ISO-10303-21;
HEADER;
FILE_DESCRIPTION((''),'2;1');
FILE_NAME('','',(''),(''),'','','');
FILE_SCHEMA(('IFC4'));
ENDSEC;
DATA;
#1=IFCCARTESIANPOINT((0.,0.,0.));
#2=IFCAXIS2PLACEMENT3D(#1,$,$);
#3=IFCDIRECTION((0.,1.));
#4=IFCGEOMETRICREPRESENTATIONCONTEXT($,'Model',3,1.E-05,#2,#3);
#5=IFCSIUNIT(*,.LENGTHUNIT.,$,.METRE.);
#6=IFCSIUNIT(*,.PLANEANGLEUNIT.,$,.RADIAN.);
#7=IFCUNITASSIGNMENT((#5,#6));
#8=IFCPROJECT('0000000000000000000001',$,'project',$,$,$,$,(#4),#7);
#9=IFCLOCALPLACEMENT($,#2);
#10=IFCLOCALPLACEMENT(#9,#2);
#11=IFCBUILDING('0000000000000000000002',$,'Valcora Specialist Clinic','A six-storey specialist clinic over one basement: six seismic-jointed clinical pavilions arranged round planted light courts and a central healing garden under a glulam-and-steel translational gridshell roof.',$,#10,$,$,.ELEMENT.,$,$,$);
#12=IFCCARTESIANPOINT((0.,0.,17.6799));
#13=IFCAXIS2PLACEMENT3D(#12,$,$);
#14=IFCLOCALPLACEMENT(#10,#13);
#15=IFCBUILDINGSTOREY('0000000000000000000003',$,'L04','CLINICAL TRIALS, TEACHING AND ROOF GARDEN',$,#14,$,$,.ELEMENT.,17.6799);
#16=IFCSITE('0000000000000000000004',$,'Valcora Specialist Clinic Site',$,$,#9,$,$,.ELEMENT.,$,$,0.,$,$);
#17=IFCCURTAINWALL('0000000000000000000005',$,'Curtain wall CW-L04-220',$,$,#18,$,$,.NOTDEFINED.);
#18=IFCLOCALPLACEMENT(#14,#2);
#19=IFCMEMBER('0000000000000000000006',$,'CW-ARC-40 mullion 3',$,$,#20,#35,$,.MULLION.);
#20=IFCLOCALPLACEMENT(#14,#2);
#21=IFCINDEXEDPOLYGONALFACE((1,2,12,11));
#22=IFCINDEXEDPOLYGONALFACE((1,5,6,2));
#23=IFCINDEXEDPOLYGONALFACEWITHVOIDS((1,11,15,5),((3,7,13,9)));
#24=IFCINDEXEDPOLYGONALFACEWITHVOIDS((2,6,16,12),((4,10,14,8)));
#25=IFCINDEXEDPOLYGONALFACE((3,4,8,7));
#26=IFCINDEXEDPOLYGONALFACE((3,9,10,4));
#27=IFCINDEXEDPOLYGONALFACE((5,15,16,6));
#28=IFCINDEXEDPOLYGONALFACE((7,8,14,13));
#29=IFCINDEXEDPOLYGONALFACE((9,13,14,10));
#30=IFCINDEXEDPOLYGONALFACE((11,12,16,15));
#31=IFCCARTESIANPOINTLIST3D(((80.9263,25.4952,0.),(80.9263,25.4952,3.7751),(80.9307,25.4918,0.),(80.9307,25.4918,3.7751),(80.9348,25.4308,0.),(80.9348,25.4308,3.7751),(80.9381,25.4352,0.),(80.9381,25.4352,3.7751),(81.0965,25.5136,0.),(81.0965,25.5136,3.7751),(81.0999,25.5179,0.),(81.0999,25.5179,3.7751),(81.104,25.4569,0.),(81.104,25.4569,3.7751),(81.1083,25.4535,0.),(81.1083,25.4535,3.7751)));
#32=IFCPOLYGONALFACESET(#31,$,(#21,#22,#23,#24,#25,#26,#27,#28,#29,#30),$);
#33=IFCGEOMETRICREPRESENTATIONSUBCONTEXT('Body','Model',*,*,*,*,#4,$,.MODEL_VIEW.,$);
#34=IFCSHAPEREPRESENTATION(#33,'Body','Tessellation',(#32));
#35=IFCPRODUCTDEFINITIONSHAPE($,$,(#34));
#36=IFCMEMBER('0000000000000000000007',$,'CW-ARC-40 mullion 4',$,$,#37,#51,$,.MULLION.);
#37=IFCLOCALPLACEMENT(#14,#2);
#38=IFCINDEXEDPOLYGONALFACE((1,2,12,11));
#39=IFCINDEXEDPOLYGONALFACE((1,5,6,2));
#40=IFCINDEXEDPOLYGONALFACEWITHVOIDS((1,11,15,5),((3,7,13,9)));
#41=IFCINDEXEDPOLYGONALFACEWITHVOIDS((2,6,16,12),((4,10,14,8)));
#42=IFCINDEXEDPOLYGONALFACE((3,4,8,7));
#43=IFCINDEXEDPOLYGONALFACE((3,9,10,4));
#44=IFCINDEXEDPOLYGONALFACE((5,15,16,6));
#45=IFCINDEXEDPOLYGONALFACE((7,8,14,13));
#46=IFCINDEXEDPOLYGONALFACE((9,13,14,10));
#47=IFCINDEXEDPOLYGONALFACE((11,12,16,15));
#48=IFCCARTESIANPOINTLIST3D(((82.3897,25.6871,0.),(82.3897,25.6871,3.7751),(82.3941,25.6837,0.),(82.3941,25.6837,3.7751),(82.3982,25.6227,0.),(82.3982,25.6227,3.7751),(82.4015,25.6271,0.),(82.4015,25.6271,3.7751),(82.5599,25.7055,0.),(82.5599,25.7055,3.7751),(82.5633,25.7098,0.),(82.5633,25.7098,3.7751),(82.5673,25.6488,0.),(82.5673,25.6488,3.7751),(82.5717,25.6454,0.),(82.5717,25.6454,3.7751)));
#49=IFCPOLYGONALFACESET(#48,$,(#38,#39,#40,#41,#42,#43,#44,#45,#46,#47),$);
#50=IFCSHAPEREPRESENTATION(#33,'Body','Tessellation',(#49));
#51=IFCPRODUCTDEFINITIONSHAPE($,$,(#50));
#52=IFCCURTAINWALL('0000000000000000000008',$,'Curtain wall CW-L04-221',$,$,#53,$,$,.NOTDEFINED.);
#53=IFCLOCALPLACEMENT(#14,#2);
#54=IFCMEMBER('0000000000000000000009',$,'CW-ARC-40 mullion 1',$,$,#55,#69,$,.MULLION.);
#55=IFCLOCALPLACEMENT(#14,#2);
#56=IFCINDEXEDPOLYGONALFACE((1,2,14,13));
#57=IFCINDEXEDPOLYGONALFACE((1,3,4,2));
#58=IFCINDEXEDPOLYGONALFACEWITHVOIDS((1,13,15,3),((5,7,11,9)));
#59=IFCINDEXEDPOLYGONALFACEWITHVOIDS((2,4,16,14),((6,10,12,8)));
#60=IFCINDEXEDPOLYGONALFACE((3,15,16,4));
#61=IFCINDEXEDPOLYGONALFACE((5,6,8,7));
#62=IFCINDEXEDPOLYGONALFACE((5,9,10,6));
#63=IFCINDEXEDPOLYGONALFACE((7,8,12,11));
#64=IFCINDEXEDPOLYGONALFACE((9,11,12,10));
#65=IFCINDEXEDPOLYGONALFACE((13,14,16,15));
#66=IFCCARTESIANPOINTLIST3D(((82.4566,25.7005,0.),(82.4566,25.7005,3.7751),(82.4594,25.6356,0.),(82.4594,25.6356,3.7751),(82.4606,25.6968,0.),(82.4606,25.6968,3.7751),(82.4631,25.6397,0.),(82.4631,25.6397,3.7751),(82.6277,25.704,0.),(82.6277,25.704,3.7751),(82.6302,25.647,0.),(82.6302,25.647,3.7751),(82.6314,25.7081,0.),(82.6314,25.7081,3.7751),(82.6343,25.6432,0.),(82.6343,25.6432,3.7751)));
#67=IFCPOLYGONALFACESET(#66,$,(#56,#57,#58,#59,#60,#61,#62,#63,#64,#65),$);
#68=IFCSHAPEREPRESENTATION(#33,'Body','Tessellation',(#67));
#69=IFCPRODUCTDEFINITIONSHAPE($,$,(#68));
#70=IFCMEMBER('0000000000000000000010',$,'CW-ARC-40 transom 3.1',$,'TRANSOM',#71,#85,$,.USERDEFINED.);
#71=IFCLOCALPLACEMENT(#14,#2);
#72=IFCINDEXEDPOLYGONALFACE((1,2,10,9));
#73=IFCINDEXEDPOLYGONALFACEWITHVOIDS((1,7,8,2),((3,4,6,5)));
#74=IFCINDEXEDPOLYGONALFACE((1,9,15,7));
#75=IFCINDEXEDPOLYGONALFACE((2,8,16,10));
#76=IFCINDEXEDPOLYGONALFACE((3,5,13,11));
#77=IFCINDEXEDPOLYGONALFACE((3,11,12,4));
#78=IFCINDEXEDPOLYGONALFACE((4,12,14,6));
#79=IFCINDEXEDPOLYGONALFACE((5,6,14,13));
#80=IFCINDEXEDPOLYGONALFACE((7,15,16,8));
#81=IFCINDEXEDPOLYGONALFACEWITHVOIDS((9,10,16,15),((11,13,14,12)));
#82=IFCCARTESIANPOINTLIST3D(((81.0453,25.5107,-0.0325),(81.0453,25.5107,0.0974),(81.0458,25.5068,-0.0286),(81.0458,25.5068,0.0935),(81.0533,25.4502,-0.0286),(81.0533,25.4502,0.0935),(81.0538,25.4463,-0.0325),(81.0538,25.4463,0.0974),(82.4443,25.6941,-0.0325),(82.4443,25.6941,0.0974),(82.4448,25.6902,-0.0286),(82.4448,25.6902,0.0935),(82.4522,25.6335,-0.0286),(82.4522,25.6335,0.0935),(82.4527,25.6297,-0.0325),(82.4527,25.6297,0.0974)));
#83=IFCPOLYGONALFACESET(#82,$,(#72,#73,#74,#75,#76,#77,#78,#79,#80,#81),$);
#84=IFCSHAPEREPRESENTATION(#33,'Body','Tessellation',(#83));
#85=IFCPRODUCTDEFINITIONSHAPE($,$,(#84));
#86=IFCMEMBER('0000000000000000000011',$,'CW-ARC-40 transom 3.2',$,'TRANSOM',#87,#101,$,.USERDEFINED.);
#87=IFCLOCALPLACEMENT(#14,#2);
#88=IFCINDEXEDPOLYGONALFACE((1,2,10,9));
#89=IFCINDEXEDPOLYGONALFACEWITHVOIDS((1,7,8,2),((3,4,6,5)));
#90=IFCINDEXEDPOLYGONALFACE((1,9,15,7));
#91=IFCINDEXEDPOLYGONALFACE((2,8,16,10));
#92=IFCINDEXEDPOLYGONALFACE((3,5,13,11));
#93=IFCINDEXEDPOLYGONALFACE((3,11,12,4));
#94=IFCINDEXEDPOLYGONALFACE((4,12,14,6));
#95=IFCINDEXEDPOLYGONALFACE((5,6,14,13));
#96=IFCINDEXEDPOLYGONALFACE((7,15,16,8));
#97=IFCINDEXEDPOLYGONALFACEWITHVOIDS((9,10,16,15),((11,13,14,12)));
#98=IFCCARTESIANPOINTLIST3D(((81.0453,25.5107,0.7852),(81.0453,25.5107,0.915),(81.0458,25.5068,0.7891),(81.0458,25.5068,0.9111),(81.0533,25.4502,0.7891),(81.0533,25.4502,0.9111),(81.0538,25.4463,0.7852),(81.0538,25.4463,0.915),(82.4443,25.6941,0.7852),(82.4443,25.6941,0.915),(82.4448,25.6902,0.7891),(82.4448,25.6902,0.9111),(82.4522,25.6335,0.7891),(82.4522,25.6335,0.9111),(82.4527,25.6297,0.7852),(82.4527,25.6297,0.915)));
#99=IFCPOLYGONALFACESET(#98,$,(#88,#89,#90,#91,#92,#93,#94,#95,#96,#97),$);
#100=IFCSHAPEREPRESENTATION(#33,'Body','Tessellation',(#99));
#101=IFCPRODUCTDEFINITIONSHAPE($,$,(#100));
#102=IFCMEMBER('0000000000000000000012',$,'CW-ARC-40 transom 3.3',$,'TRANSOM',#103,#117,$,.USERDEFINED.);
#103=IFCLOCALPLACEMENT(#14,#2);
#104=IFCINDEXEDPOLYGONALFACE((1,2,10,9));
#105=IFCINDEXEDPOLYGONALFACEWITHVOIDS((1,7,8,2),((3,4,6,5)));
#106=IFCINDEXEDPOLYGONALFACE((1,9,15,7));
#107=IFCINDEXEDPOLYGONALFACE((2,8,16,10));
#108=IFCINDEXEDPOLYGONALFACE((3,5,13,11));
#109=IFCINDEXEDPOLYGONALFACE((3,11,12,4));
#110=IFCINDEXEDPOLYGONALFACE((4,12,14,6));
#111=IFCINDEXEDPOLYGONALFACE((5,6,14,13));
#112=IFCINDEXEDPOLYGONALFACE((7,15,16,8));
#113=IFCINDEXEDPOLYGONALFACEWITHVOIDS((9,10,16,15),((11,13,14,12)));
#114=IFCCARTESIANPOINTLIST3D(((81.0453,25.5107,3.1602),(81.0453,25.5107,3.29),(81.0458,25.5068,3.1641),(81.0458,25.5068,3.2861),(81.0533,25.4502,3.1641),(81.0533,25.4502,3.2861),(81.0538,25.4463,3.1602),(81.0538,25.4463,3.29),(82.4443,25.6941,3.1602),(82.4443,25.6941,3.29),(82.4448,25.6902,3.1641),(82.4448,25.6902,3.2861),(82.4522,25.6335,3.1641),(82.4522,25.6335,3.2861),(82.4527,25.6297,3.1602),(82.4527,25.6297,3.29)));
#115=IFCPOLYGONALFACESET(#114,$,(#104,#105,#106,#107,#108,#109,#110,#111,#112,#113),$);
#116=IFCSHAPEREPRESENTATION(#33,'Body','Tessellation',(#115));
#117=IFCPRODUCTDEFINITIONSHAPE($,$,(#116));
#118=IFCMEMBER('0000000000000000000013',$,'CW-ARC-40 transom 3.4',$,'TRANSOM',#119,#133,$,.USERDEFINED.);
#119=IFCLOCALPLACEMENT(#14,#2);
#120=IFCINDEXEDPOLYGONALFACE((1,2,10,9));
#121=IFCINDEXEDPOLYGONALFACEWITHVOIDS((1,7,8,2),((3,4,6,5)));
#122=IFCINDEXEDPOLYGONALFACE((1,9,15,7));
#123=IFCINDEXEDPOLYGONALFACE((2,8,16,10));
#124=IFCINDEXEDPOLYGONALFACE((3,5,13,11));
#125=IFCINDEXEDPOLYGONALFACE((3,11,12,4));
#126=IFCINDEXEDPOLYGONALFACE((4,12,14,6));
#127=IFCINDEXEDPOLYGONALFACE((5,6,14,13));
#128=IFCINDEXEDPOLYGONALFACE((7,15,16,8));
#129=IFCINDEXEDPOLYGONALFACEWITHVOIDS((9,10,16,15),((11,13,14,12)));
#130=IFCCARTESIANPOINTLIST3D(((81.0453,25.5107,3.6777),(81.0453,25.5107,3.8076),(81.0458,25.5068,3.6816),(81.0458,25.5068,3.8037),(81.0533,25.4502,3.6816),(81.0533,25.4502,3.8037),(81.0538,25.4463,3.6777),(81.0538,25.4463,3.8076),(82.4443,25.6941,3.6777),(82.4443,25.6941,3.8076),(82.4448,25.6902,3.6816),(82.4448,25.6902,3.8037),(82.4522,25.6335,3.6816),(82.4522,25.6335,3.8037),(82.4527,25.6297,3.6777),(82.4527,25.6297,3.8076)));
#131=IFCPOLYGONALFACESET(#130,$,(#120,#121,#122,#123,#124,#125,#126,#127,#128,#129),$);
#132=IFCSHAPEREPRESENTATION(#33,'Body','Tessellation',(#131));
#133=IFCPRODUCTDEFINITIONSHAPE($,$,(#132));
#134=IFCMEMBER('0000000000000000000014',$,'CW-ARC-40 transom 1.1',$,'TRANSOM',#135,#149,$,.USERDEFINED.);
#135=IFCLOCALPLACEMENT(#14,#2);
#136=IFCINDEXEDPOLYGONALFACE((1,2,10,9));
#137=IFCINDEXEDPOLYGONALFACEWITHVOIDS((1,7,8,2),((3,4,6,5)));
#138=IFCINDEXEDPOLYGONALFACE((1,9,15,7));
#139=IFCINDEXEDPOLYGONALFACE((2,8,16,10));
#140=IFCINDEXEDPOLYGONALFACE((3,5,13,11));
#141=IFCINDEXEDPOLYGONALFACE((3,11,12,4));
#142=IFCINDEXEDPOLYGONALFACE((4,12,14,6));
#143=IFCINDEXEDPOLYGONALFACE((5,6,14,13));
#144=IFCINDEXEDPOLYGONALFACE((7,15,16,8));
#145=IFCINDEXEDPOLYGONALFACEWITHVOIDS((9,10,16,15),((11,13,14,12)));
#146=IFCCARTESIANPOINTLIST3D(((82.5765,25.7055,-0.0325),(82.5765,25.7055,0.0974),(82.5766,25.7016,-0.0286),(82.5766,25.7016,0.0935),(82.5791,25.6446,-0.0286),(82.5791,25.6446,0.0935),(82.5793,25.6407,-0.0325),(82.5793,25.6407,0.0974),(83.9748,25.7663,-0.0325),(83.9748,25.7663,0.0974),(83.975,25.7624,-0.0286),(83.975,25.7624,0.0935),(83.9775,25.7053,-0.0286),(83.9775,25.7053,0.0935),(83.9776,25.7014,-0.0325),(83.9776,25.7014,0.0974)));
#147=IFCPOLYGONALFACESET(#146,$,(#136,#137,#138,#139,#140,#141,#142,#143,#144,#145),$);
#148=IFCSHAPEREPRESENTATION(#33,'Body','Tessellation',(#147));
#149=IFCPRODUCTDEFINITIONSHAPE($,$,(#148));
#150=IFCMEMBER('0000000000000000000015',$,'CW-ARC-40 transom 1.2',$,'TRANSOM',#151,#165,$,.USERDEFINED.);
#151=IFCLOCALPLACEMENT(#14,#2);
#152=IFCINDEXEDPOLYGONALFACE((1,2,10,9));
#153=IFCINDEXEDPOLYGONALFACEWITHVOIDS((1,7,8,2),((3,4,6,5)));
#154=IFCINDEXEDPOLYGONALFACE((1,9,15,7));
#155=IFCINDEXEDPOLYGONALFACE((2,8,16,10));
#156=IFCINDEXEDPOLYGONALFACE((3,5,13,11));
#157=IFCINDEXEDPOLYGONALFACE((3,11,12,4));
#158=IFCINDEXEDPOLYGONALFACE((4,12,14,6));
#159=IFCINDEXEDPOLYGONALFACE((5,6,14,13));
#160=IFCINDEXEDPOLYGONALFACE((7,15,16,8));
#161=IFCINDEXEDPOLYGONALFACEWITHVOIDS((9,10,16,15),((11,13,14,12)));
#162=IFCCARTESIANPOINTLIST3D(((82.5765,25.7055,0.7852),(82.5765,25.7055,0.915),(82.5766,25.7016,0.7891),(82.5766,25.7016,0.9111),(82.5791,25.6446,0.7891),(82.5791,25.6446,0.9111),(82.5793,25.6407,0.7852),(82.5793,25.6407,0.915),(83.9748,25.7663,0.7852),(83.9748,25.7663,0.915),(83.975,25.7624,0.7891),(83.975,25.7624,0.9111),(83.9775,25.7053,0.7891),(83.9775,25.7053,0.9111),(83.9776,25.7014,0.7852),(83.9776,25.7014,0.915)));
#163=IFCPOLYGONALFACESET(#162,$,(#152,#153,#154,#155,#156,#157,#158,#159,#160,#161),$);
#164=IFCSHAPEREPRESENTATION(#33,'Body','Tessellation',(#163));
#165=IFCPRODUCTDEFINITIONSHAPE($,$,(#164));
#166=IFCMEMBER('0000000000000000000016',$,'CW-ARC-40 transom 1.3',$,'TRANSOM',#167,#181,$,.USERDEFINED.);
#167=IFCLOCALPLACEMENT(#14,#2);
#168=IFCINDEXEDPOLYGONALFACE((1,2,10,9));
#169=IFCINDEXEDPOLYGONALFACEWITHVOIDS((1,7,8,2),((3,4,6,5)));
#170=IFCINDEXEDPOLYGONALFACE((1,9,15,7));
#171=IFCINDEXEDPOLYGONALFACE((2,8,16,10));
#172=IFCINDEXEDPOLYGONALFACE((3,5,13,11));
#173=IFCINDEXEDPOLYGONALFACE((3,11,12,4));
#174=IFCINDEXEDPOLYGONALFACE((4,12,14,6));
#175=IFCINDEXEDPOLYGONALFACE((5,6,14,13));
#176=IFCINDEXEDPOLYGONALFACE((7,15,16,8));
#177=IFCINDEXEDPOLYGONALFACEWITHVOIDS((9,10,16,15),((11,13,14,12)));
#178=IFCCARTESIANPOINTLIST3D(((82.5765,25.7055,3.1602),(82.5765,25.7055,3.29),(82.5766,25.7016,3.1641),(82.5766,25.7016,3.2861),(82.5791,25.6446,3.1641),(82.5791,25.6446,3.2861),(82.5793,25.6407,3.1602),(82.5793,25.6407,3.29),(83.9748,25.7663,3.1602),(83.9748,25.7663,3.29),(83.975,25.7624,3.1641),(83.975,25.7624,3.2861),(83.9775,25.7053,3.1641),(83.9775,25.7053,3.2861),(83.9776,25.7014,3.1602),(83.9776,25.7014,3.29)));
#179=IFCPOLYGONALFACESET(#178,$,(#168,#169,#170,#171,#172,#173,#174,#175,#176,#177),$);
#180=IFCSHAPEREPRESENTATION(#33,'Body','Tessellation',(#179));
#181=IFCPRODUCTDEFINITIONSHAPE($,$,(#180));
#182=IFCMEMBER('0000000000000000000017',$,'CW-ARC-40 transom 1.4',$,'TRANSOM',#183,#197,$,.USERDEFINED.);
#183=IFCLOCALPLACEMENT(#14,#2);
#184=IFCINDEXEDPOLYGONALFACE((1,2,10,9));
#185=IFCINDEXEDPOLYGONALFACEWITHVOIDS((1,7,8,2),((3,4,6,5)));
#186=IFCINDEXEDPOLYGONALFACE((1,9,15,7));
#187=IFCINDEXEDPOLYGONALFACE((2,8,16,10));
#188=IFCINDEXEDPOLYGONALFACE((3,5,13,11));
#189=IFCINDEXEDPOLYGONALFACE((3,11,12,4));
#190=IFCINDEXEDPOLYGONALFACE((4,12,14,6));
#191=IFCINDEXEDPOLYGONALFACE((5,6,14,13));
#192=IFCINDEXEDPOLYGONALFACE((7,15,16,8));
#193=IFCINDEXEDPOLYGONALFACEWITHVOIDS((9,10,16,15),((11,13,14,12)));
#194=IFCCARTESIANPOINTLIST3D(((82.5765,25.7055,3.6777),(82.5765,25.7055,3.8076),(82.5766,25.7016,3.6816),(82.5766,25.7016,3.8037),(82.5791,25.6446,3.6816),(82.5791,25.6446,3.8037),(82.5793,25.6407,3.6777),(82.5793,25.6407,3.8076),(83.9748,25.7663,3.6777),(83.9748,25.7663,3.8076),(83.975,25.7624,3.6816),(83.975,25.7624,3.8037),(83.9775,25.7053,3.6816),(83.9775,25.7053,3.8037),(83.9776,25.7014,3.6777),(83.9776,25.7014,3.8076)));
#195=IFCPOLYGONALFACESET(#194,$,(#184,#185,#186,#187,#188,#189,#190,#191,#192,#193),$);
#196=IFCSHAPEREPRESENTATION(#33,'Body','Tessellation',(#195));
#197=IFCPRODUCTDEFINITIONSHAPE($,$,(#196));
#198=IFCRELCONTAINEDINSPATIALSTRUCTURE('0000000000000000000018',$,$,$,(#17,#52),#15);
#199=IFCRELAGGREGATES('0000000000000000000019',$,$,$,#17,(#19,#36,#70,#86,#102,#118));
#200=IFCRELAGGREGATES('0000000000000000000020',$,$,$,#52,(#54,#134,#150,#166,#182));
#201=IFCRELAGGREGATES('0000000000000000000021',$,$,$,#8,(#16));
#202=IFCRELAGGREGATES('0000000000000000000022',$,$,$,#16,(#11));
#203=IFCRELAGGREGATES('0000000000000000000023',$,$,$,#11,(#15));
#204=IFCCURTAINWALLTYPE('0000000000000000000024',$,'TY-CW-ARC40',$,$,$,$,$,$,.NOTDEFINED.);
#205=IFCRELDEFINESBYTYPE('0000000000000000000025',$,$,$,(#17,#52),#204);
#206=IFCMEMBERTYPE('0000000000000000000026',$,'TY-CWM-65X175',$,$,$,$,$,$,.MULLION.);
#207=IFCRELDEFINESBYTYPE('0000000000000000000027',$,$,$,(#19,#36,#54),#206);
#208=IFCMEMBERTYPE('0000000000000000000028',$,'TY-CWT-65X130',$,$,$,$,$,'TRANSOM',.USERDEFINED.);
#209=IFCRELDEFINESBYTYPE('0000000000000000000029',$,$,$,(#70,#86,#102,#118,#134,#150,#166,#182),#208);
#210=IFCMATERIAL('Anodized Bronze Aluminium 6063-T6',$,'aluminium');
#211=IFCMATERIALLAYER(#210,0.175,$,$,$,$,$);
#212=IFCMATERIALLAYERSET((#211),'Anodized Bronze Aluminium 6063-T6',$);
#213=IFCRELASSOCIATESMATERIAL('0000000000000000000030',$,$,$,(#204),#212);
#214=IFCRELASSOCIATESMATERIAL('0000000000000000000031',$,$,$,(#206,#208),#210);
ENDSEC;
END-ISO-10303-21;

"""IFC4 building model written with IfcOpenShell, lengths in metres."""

from ifc_helpers import new_model, si_unit, direction, frame, origin, origin_2d, place, context, subcontext, project, spatial, hollow_rectangle, extrude, material, layer, layer_set, material_profile, profile_set, type_object, element, aggregate, save


model = new_model("IFC4")

# Units and contexts
model_context = context("Model", 3, precision=1e-05, world=origin(), true_north=direction((0.0, 1.0)))
body_context = subcontext(model_context, "Body", "Model", "MODEL_VIEW")
ifc_project = project(units=[si_unit("LENGTHUNIT", "METRE"), si_unit("PLANEANGLEUNIT", "RADIAN")], contexts=[model_context])

# Site, building, storey
site_placement = place(None, origin())
site = spatial("IfcSite", under=ifc_project, at=site_placement, Name="Valcora Specialist Clinic Site", CompositionType="ELEMENT", RefElevation=0.0)
building_placement = place(site_placement, origin())
building = spatial("IfcBuilding", under=site, at=building_placement, Name="Valcora Specialist Clinic", Description="A six-storey specialist clinic over one basement: six seismic-jointed clinical pavilions arranged round planted light courts and a central healing garden under a glulam-and-steel translational gridshell roof.", CompositionType="ELEMENT")
storey_placement = place(building_placement, frame((0.0, 0.0, 17.6799)))
storey = spatial("IfcBuildingStorey", under=building, at=storey_placement, Name="L04", Description="CLINICAL TRIALS, TEACHING AND ROOF GARDEN", CompositionType="ELEMENT", Elevation=17.6799)

# Curtain wall, members
ifc_material_1 = material(Name="Anodized Bronze Aluminium 6063-T6", Category="aluminium")
ifc_layer_1 = layer(ifc_material_1, 0.175)
ifc_layer_set_1 = layer_set([ifc_layer_1], Name="Anodized Bronze Aluminium 6063-T6")
curtain_wall_type = type_object("IfcCurtainWallType", Name="TY-CW-ARC40", PredefinedType="NOTDEFINED", material=ifc_layer_set_1)
curtain_wall_1_placement = place(storey_placement, origin())
curtain_wall_1 = element("IfcCurtainWall", 1, at=curtain_wall_1_placement, inside=storey, type_object=curtain_wall_type, Name="Curtain wall CW-L04-220", PredefinedType="NOTDEFINED")
ifc_material_profile_1 = material_profile(ifc_material_1, hollow_rectangle(XDim=0.0649, YDim=0.175, WallThickness=0.0039, at=origin_2d()), Name="AL-MUL-65X175")
ifc_profile_set_1 = profile_set([ifc_material_profile_1], Name="Anodized Bronze Aluminium 6063-T6")
member_type_1 = type_object("IfcMemberType", Name="TY-CWM-65X175", PredefinedType="MULLION", material=ifc_profile_set_1)
member_1_placement = place(storey_placement, frame((81.0173, 25.4744, 0.0), z_axis=(0.0, 0.0, 1.0), x_axis=(-0.129999, 0.991514, 0.0)))
member_1 = element("IfcMember", 2, at=member_1_placement, type_object=member_type_1, Name="CW-ARC-40 mullion 3", PredefinedType="MULLION", context=body_context, shape_type="SweptSolid", body=[
    extrude(hollow_rectangle(XDim=0.0649, YDim=0.175, WallThickness=0.0039, at=origin_2d()), origin(), (0.0, 0.0, 1.0), 3.7751),
])
member_2_placement = place(storey_placement, frame((82.4807, 25.6663, 0.0), z_axis=(0.0, 0.0, 1.0), x_axis=(-0.129999, 0.991514, 0.0)))
member_2 = element("IfcMember", 3, at=member_2_placement, type_object=member_type_1, Name="CW-ARC-40 mullion 4", PredefinedType="MULLION", context=body_context, shape_type="SweptSolid", body=[
    extrude(hollow_rectangle(XDim=0.0649, YDim=0.175, WallThickness=0.0039, at=origin_2d()), origin(), (0.0, 0.0, 1.0), 3.7751),
])

# Curtain wall, member
curtain_wall_2_placement = place(storey_placement, origin())
curtain_wall_2 = element("IfcCurtainWall", 4, at=curtain_wall_2_placement, inside=storey, type_object=curtain_wall_type, Name="Curtain wall CW-L04-221", PredefinedType="NOTDEFINED")
member_3_placement = place(storey_placement, frame((82.5454, 25.6719, 0.0), z_axis=(0.0, 0.0, 1.0), x_axis=(-0.043307, 0.999062, 0.0)))
member_3 = element("IfcMember", 5, at=member_3_placement, type_object=member_type_1, Name="CW-ARC-40 mullion 1", PredefinedType="MULLION", context=body_context, shape_type="SweptSolid", body=[
    extrude(hollow_rectangle(XDim=0.0649, YDim=0.175, WallThickness=0.0039, at=origin_2d()), origin(), (0.0, 0.0, 1.0), 3.7751),
])

# Members
ifc_material_profile_2 = material_profile(ifc_material_1, hollow_rectangle(XDim=0.0649, YDim=0.1299, WallThickness=0.0039, at=origin_2d()), Name="AL-TRN-65X130")
ifc_profile_set_2 = profile_set([ifc_material_profile_2], Name="Anodized Bronze Aluminium 6063-T6")
member_type_2 = type_object("IfcMemberType", Name="TY-CWT-65X130", ElementType="TRANSOM", PredefinedType="USERDEFINED", material=ifc_profile_set_2)
member_4_placement = place(storey_placement, frame((81.0496, 25.4785, 0.0325), z_axis=(0.99152, 0.129953, 0.0), x_axis=(-0.129953, 0.99152, 0.0)))
member_4 = element("IfcMember", 6, at=member_4_placement, type_object=member_type_2, Name="CW-ARC-40 transom 3.1", ObjectType="TRANSOM", PredefinedType="USERDEFINED", context=body_context, shape_type="SweptSolid", body=[
    extrude(hollow_rectangle(XDim=0.0649, YDim=0.1299, WallThickness=0.0039, at=origin_2d()), origin(), (0.0, 0.0, 1.0), 1.4109),
])
member_5_placement = place(storey_placement, frame((81.0496, 25.4785, 0.8501), z_axis=(0.99152, 0.129953, 0.0), x_axis=(-0.129953, 0.99152, 0.0)))
member_5 = element("IfcMember", 7, at=member_5_placement, type_object=member_type_2, Name="CW-ARC-40 transom 3.2", ObjectType="TRANSOM", PredefinedType="USERDEFINED", context=body_context, shape_type="SweptSolid", body=[
    extrude(hollow_rectangle(XDim=0.0649, YDim=0.1299, WallThickness=0.0039, at=origin_2d()), origin(), (0.0, 0.0, 1.0), 1.4109),
])
member_6_placement = place(storey_placement, frame((81.0496, 25.4785, 3.2251), z_axis=(0.99152, 0.129953, 0.0), x_axis=(-0.129953, 0.99152, 0.0)))
member_6 = element("IfcMember", 8, at=member_6_placement, type_object=member_type_2, Name="CW-ARC-40 transom 3.3", ObjectType="TRANSOM", PredefinedType="USERDEFINED", context=body_context, shape_type="SweptSolid", body=[
    extrude(hollow_rectangle(XDim=0.0649, YDim=0.1299, WallThickness=0.0039, at=origin_2d()), origin(), (0.0, 0.0, 1.0), 1.4109),
])
member_7_placement = place(storey_placement, frame((81.0496, 25.4785, 3.7427), z_axis=(0.99152, 0.129953, 0.0), x_axis=(-0.129953, 0.99152, 0.0)))
member_7 = element("IfcMember", 9, at=member_7_placement, type_object=member_type_2, Name="CW-ARC-40 transom 3.4", ObjectType="TRANSOM", PredefinedType="USERDEFINED", context=body_context, shape_type="SweptSolid", body=[
    extrude(hollow_rectangle(XDim=0.0649, YDim=0.1299, WallThickness=0.0039, at=origin_2d()), origin(), (0.0, 0.0, 1.0), 1.4109),
])
member_8_placement = place(storey_placement, frame((82.5779, 25.6731, 0.0325), z_axis=(0.999056, 0.04343, 0.0), x_axis=(-0.04343, 0.999056, 0.0)))
member_8 = element("IfcMember", 10, at=member_8_placement, type_object=member_type_2, Name="CW-ARC-40 transom 1.1", ObjectType="TRANSOM", PredefinedType="USERDEFINED", context=body_context, shape_type="SweptSolid", body=[
    extrude(hollow_rectangle(XDim=0.0649, YDim=0.1299, WallThickness=0.0039, at=origin_2d()), origin(), (0.0, 0.0, 1.0), 1.3997),
])
member_9_placement = place(storey_placement, frame((82.5779, 25.6731, 0.8501), z_axis=(0.999056, 0.04343, 0.0), x_axis=(-0.04343, 0.999056, 0.0)))
member_9 = element("IfcMember", 11, at=member_9_placement, type_object=member_type_2, Name="CW-ARC-40 transom 1.2", ObjectType="TRANSOM", PredefinedType="USERDEFINED", context=body_context, shape_type="SweptSolid", body=[
    extrude(hollow_rectangle(XDim=0.0649, YDim=0.1299, WallThickness=0.0039, at=origin_2d()), origin(), (0.0, 0.0, 1.0), 1.3997),
])
member_10_placement = place(storey_placement, frame((82.5779, 25.6731, 3.2251), z_axis=(0.999056, 0.04343, 0.0), x_axis=(-0.04343, 0.999056, 0.0)))
member_10 = element("IfcMember", 12, at=member_10_placement, type_object=member_type_2, Name="CW-ARC-40 transom 1.3", ObjectType="TRANSOM", PredefinedType="USERDEFINED", context=body_context, shape_type="SweptSolid", body=[
    extrude(hollow_rectangle(XDim=0.0649, YDim=0.1299, WallThickness=0.0039, at=origin_2d()), origin(), (0.0, 0.0, 1.0), 1.3997),
])
member_11_placement = place(storey_placement, frame((82.5779, 25.6731, 3.7427), z_axis=(0.999056, 0.04343, 0.0), x_axis=(-0.04343, 0.999056, 0.0)))
member_11 = element("IfcMember", 13, at=member_11_placement, type_object=member_type_2, Name="CW-ARC-40 transom 1.4", ObjectType="TRANSOM", PredefinedType="USERDEFINED", context=body_context, shape_type="SweptSolid", body=[
    extrude(hollow_rectangle(XDim=0.0649, YDim=0.1299, WallThickness=0.0039, at=origin_2d()), origin(), (0.0, 0.0, 1.0), 1.3997),
])

aggregate(curtain_wall_1, [member_1, member_2, member_4, member_5, member_6, member_7])
aggregate(curtain_wall_2, [member_3, member_8, member_9, member_10, member_11])

save(model, "model.ifc")
